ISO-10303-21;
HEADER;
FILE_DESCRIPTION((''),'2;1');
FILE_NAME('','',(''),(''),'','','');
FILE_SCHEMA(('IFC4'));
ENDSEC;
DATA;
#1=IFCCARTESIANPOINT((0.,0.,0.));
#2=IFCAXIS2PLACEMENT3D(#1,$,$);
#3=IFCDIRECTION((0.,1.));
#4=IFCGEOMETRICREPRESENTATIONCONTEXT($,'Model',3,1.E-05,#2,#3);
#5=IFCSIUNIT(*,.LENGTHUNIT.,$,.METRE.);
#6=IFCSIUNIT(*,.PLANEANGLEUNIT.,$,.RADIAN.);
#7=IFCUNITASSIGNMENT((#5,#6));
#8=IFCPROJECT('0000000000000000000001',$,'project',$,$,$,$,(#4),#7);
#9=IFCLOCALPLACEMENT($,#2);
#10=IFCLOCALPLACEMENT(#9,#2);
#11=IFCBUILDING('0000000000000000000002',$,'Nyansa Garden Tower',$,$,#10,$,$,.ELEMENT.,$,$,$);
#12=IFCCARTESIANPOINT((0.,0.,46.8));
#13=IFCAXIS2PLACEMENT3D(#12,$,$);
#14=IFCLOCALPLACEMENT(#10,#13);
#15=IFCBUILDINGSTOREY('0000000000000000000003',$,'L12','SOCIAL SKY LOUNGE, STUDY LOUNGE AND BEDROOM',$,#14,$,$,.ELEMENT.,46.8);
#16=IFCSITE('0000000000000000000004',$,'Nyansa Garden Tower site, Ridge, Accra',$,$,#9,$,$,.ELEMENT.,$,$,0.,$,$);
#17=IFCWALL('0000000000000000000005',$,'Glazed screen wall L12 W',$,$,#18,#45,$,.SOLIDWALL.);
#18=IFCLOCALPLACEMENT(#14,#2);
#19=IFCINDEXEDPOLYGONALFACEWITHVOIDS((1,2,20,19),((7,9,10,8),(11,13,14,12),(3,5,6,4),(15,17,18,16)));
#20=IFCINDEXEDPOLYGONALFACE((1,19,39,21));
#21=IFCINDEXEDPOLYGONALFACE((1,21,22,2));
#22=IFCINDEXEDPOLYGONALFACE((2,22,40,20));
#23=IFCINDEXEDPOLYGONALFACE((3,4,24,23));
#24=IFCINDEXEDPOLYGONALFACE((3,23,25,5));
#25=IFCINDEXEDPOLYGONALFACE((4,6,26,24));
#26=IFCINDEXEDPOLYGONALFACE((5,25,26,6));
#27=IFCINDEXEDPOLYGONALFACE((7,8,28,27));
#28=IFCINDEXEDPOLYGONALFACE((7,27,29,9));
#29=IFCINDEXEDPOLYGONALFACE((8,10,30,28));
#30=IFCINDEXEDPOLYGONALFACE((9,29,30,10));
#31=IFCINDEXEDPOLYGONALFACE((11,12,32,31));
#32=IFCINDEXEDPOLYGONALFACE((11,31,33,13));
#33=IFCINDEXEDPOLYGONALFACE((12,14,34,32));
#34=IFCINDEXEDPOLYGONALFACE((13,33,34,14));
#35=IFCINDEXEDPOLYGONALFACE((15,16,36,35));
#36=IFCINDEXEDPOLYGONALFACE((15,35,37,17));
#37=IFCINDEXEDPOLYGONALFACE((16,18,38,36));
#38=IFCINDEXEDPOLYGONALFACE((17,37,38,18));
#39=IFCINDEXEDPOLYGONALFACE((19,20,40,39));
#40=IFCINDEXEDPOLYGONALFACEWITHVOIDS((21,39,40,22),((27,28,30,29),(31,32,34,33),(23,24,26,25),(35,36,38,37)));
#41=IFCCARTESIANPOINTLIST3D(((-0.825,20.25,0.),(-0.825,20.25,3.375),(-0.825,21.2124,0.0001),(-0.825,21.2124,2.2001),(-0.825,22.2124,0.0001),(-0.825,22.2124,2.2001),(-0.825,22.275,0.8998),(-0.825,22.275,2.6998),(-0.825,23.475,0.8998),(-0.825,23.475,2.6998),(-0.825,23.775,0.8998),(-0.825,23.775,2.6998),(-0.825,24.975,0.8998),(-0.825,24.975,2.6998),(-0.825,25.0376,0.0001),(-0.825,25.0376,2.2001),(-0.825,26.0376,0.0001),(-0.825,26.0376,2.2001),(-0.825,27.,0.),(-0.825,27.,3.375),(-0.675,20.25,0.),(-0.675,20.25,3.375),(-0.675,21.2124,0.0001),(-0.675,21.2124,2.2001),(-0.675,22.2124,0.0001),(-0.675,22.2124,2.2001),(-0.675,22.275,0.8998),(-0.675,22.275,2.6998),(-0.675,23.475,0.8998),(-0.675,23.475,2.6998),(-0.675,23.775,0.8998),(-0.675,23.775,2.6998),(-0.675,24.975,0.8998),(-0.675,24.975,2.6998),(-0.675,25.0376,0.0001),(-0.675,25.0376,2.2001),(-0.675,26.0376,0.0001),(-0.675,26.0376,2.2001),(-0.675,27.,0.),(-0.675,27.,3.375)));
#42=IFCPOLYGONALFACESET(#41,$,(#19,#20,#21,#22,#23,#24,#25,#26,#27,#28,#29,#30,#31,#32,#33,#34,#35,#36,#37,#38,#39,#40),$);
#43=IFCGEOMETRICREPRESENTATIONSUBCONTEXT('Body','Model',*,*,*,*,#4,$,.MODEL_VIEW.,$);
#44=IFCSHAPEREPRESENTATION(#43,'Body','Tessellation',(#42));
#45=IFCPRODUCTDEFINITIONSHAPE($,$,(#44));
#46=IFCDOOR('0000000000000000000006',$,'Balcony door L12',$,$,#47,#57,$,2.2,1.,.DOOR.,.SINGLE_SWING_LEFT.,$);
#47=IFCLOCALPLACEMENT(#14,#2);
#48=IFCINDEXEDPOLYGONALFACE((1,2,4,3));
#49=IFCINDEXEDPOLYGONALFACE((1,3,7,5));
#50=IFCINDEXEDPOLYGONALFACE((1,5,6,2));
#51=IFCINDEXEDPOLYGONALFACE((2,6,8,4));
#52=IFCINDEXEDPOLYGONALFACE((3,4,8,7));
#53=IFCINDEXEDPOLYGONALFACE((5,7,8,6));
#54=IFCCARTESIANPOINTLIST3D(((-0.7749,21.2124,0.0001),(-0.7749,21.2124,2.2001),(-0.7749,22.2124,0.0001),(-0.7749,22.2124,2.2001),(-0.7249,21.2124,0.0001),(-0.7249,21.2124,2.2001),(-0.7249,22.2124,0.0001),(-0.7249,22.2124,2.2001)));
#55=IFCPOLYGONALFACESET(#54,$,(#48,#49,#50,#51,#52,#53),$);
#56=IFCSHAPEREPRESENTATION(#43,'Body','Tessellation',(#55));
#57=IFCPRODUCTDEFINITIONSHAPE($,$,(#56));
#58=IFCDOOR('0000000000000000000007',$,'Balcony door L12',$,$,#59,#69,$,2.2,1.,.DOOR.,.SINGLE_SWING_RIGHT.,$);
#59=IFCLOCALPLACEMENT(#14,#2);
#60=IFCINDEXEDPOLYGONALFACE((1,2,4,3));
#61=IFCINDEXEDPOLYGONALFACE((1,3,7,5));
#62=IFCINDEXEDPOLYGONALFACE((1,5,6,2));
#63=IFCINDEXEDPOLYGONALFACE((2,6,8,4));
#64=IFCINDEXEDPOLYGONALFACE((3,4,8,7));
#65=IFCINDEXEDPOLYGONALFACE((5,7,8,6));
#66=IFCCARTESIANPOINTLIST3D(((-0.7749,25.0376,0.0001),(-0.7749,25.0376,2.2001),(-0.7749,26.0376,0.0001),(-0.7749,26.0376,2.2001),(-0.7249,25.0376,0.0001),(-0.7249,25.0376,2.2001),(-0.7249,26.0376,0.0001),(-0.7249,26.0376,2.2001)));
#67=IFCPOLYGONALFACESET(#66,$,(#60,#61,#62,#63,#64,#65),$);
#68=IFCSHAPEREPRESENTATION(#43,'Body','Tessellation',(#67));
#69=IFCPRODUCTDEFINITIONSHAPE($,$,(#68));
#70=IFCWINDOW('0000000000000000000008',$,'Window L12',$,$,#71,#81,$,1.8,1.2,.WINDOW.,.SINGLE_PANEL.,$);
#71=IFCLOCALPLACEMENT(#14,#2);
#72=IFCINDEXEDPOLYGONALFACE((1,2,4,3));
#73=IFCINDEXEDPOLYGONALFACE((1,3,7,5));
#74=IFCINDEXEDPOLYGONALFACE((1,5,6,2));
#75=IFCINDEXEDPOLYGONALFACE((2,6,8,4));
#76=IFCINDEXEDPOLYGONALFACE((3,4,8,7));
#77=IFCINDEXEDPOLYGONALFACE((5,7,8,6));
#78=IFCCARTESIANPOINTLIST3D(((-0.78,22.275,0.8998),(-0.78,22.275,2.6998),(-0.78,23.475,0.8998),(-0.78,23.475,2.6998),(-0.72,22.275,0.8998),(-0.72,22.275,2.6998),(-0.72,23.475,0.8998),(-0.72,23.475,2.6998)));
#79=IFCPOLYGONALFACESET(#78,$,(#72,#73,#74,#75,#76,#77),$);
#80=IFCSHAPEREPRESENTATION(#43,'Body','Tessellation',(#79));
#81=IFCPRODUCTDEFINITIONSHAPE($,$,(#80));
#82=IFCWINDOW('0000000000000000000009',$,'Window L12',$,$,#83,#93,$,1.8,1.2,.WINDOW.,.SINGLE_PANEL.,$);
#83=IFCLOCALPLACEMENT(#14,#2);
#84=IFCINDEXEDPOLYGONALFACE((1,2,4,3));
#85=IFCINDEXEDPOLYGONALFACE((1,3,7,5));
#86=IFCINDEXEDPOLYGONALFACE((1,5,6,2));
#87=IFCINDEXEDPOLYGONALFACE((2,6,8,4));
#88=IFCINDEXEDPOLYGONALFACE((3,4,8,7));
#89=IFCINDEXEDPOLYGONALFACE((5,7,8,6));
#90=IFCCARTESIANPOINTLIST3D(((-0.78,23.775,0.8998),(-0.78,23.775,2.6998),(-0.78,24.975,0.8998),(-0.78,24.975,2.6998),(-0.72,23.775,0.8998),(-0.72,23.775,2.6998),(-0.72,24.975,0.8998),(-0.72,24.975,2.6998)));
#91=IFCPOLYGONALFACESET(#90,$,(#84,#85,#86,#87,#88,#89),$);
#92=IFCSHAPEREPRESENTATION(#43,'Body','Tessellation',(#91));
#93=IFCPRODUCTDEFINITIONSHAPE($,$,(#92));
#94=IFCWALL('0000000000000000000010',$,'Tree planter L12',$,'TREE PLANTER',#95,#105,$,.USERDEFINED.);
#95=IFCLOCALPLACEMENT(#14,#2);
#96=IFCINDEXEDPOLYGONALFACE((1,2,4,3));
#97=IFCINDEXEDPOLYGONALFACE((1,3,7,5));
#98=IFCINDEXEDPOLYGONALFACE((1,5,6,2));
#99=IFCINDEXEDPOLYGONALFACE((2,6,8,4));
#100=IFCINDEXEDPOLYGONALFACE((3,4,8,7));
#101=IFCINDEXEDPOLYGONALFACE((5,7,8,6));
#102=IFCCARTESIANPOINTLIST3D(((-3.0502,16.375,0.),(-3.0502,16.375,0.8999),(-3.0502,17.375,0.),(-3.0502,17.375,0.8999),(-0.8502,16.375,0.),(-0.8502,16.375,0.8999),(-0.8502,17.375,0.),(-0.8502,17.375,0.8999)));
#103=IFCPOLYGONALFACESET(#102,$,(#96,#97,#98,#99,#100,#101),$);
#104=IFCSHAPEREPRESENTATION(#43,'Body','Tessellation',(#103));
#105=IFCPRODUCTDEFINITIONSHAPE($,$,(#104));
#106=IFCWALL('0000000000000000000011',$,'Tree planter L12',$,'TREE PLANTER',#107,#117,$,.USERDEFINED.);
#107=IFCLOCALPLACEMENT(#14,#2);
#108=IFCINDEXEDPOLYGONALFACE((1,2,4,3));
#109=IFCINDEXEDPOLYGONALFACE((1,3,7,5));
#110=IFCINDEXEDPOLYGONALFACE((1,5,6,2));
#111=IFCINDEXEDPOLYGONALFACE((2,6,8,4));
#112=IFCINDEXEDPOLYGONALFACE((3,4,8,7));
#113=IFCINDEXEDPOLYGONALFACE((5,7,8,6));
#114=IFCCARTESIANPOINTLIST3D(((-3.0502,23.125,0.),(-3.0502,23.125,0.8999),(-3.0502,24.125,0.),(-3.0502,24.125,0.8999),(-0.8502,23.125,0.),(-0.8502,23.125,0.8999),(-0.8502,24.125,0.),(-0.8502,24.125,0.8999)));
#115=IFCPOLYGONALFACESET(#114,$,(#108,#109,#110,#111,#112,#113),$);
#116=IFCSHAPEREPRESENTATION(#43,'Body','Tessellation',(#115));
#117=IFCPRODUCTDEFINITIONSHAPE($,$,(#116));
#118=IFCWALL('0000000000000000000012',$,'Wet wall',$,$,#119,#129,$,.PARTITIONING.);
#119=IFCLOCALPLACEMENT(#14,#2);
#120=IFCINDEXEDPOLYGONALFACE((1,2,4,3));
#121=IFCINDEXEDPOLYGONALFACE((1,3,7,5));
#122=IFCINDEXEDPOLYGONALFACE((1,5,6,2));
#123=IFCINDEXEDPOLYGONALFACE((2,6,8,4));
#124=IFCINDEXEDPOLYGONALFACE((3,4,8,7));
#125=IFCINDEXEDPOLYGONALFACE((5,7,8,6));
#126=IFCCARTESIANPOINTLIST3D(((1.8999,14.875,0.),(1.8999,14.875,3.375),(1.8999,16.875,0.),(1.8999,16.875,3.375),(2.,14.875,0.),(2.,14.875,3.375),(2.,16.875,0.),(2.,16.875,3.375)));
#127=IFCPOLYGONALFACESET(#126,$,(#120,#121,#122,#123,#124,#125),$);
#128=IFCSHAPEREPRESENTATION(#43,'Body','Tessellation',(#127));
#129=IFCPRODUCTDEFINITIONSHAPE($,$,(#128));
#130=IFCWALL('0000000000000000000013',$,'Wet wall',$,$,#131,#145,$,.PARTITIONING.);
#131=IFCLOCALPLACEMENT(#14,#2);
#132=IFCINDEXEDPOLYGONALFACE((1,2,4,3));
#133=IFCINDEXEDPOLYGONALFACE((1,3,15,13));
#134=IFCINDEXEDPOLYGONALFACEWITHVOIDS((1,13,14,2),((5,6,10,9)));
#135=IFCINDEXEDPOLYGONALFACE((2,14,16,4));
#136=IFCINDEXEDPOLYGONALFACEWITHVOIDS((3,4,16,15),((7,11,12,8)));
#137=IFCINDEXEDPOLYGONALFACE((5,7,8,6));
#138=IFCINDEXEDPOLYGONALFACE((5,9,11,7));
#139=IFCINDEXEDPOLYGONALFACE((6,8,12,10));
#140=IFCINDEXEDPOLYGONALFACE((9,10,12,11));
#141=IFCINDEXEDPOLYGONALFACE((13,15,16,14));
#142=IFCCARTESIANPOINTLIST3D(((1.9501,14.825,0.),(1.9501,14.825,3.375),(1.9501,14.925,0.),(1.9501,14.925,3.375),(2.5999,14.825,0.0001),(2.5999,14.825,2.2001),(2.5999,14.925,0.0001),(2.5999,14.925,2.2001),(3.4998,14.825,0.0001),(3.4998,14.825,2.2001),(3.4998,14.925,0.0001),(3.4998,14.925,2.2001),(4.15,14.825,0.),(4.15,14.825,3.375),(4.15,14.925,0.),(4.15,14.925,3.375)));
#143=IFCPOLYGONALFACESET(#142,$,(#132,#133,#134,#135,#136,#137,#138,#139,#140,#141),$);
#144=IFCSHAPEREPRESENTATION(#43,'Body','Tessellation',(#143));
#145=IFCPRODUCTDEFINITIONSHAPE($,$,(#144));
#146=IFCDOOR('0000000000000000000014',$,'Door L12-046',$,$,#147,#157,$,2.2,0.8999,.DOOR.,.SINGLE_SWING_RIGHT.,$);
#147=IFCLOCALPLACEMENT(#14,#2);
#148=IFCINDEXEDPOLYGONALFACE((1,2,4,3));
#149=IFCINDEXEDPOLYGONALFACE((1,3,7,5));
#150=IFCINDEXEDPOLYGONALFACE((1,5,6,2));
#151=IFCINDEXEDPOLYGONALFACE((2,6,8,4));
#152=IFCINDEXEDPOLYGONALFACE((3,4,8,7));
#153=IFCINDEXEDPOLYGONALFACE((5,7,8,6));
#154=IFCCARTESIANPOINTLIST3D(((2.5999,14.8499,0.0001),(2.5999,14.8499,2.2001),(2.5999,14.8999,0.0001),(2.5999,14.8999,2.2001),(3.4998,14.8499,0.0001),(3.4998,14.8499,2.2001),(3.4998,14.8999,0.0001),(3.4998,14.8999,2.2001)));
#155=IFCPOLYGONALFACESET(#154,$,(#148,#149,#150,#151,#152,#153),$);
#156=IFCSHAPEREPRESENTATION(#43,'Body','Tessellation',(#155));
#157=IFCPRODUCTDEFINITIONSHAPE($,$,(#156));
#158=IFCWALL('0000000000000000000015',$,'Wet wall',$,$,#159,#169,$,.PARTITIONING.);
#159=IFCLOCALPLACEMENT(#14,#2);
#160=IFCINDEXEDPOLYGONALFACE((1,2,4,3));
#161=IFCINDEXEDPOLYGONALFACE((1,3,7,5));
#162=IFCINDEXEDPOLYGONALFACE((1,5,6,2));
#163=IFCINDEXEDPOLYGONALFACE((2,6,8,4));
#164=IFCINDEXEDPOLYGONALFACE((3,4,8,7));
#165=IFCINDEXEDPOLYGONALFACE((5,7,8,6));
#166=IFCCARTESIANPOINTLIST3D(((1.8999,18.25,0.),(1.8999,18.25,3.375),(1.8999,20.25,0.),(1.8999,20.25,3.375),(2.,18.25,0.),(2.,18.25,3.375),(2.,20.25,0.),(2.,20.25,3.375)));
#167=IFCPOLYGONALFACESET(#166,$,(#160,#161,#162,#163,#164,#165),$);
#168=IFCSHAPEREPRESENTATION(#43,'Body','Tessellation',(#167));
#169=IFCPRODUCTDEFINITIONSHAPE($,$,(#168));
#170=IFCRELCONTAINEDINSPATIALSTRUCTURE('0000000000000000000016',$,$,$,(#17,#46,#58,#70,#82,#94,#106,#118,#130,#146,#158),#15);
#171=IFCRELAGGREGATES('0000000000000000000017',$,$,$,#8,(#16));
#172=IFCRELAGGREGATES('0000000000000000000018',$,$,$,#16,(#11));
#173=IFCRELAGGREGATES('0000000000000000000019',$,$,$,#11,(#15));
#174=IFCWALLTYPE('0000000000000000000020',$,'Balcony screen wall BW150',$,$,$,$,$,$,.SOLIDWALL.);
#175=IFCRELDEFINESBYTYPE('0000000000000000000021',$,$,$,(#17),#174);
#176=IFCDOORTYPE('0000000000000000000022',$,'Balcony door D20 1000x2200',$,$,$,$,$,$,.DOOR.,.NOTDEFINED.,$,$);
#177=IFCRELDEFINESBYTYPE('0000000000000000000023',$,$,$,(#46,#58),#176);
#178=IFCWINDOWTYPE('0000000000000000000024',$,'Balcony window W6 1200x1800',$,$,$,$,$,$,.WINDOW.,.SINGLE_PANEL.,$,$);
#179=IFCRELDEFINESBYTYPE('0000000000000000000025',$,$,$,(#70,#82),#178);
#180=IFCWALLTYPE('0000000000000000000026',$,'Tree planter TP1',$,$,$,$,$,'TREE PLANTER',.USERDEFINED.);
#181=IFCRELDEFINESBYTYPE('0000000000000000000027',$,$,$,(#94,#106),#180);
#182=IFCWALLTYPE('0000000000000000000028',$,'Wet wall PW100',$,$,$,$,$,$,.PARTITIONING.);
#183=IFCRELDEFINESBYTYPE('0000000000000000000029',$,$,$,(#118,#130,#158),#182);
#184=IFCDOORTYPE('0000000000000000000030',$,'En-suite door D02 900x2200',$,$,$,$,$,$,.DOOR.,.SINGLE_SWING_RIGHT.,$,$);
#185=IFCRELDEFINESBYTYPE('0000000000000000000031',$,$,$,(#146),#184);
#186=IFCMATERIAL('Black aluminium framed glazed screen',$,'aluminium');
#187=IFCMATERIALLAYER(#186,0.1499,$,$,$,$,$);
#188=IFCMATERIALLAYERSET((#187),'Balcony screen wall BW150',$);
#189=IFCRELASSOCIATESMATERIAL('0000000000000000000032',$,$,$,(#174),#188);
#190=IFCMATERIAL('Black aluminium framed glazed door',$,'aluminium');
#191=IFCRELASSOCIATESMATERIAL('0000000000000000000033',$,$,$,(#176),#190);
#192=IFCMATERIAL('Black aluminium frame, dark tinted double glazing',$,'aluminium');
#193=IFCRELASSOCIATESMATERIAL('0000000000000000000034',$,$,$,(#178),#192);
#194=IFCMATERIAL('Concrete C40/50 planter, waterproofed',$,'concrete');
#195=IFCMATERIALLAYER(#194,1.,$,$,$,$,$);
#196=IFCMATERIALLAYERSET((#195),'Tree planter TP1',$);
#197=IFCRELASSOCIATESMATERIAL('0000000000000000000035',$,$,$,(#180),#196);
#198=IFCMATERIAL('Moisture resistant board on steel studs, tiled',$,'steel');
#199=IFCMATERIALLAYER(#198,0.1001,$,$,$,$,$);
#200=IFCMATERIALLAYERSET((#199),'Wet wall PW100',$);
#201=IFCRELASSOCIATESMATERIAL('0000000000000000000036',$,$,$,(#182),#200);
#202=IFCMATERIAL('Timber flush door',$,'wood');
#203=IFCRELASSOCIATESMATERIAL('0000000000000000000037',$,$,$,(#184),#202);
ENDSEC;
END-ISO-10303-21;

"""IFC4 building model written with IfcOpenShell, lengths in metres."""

from ifc_helpers import new_model, si_unit, direction, frame, frame_2d, origin, place, context, subcontext, project, spatial, rectangle, extrude, material, layer, layer_set, type_object, element, fill, save


model = new_model("IFC4")

# Units and contexts
model_context = context("Model", 3, precision=1e-05, world=origin(), true_north=direction((0.0, 1.0)))
body_context = subcontext(model_context, "Body", "Model", "MODEL_VIEW")
ifc_project = project(units=[si_unit("LENGTHUNIT", "METRE"), si_unit("PLANEANGLEUNIT", "RADIAN")], contexts=[model_context])

# Site, building, storey
site_placement = place(None, origin())
site = spatial("IfcSite", under=ifc_project, at=site_placement, Name="Nyansa Garden Tower site, Ridge, Accra", CompositionType="ELEMENT", RefElevation=0.0)
building_placement = place(site_placement, origin())
building = spatial("IfcBuilding", under=site, at=building_placement, Name="Nyansa Garden Tower", CompositionType="ELEMENT")
storey_placement = place(building_placement, frame((0.0, 0.0, 46.8)))
storey = spatial("IfcBuildingStorey", under=building, at=storey_placement, Name="L12", Description="SOCIAL SKY LOUNGE, STUDY LOUNGE AND BEDROOM", CompositionType="ELEMENT", Elevation=46.8)

# Wall, openings, doors, windows
ifc_material_1 = material(Name="Black aluminium framed glazed screen", Category="aluminium")
ifc_layer_1 = layer(ifc_material_1, 0.1499)
ifc_layer_set_1 = layer_set([ifc_layer_1], Name="Balcony screen wall BW150")
wall_type_1 = type_object("IfcWallType", Name="Balcony screen wall BW150", PredefinedType="SOLIDWALL", material=ifc_layer_set_1)
wall_1_placement = place(storey_placement, frame((-0.75, 20.25, 0.0), z_axis=(0.0, 0.0, 1.0), x_axis=(0.0, 1.0, 0.0)))
wall_1 = element("IfcWall", 1, at=wall_1_placement, inside=storey, type_object=wall_type_1, Name="Glazed screen wall L12 W", PredefinedType="SOLIDWALL", context=body_context, shape_type="SweptSolid", body=[
    extrude(rectangle(XDim=6.75, YDim=0.1499, at=frame_2d((3.375, 0.0))), origin(), (0.0, 0.0, 1.0), 3.375),
])
opening_1_placement = place(wall_1_placement, frame((0.9624, 0.0, 0.0)))
opening_1 = element("IfcOpeningElement", 2, at=opening_1_placement, cuts=wall_1, PredefinedType="OPENING", context=body_context, shape_type="SweptSolid", body=[
    extrude(rectangle(XDim=1.0, YDim=2.2, at=frame_2d((0.5, 1.1001))), frame((0.0, 0.085, 0.0), z_axis=(0.0, -1.0, 0.0), x_axis=(1.0, 0.0, 0.0)), (0.0, 0.0, 1.0), 0.1699),
])
opening_2_placement = place(wall_1_placement, frame((2.0249, 0.0, 0.8999)))
opening_2 = element("IfcOpeningElement", 3, at=opening_2_placement, cuts=wall_1, PredefinedType="OPENING", context=body_context, shape_type="SweptSolid", body=[
    extrude(rectangle(XDim=1.2, YDim=1.8, at=frame_2d((0.6001, 0.8999))), frame((0.0, 0.085, 0.0), z_axis=(0.0, -1.0, 0.0), x_axis=(1.0, 0.0, 0.0)), (0.0, 0.0, 1.0), 0.1699),
])
opening_3_placement = place(wall_1_placement, frame((4.7876, 0.0, 0.0)))
opening_3 = element("IfcOpeningElement", 4, at=opening_3_placement, cuts=wall_1, PredefinedType="OPENING", context=body_context, shape_type="SweptSolid", body=[
    extrude(rectangle(XDim=1.0, YDim=2.2, at=frame_2d((0.5, 1.1001))), frame((0.0, 0.085, 0.0), z_axis=(0.0, -1.0, 0.0), x_axis=(1.0, 0.0, 0.0)), (0.0, 0.0, 1.0), 0.1699),
])
opening_4_placement = place(wall_1_placement, frame((3.5249, 0.0, 0.8999)))
opening_4 = element("IfcOpeningElement", 5, at=opening_4_placement, cuts=wall_1, PredefinedType="OPENING", context=body_context, shape_type="SweptSolid", body=[
    extrude(rectangle(XDim=1.2, YDim=1.8, at=frame_2d((0.6001, 0.8999))), frame((0.0, 0.085, 0.0), z_axis=(0.0, -1.0, 0.0), x_axis=(1.0, 0.0, 0.0)), (0.0, 0.0, 1.0), 0.1699),
])
ifc_material_2 = material(Name="Black aluminium framed glazed door", Category="aluminium")
door_type_1 = type_object("IfcDoorType", Name="Balcony door D20 1000x2200", OperationType="NOTDEFINED", PredefinedType="DOOR", material=ifc_material_2)
door_1_placement = place(opening_1_placement, origin())
door_1 = element("IfcDoor", 6, at=door_1_placement, inside=storey, type_object=door_type_1, Name="Balcony door L12", OperationType="SINGLE_SWING_LEFT", OverallHeight=2.2, OverallWidth=1.0, PredefinedType="DOOR", context=body_context, shape_type="SweptSolid", body=[
    extrude(rectangle(XDim=1.0, YDim=2.2, at=frame_2d((0.5, 1.1001))), frame((0.0, 0.0249, 0.0), z_axis=(0.0, -1.0, 0.0), x_axis=(1.0, 0.0, 0.0)), (0.0, 0.0, 1.0), 0.05),
])
fill(opening_1, door_1)
door_2_placement = place(opening_3_placement, origin())
door_2 = element("IfcDoor", 7, at=door_2_placement, inside=storey, type_object=door_type_1, Name="Balcony door L12", OperationType="SINGLE_SWING_RIGHT", OverallHeight=2.2, OverallWidth=1.0, PredefinedType="DOOR", context=body_context, shape_type="SweptSolid", body=[
    extrude(rectangle(XDim=1.0, YDim=2.2, at=frame_2d((0.5, 1.1001))), frame((0.0, 0.0249, 0.0), z_axis=(0.0, -1.0, 0.0), x_axis=(1.0, 0.0, 0.0)), (0.0, 0.0, 1.0), 0.05),
])
fill(opening_3, door_2)
ifc_material_3 = material(Name="Black aluminium frame, dark tinted double glazing", Category="aluminium")
window_type = type_object("IfcWindowType", Name="Balcony window W6 1200x1800", PartitioningType="SINGLE_PANEL", PredefinedType="WINDOW", material=ifc_material_3)
window_1_placement = place(opening_2_placement, origin())
window_1 = element("IfcWindow", 8, at=window_1_placement, inside=storey, type_object=window_type, Name="Window L12", OverallHeight=1.8, OverallWidth=1.2, PartitioningType="SINGLE_PANEL", PredefinedType="WINDOW", context=body_context, shape_type="SweptSolid", body=[
    extrude(rectangle(XDim=1.2, YDim=1.8, at=frame_2d((0.6001, 0.8999))), frame((0.0, 0.03, 0.0), z_axis=(0.0, -1.0, 0.0), x_axis=(1.0, 0.0, 0.0)), (0.0, 0.0, 1.0), 0.0601),
])
fill(opening_2, window_1)
window_2_placement = place(opening_4_placement, origin())
window_2 = element("IfcWindow", 9, at=window_2_placement, inside=storey, type_object=window_type, Name="Window L12", OverallHeight=1.8, OverallWidth=1.2, PartitioningType="SINGLE_PANEL", PredefinedType="WINDOW", context=body_context, shape_type="SweptSolid", body=[
    extrude(rectangle(XDim=1.2, YDim=1.8, at=frame_2d((0.6001, 0.8999))), frame((0.0, 0.03, 0.0), z_axis=(0.0, -1.0, 0.0), x_axis=(1.0, 0.0, 0.0)), (0.0, 0.0, 1.0), 0.0601),
])
fill(opening_4, window_2)

# Walls
ifc_material_4 = material(Name="Concrete C40/50 planter, waterproofed", Category="concrete")
ifc_layer_2 = layer(ifc_material_4, 1.0)
ifc_layer_set_2 = layer_set([ifc_layer_2], Name="Tree planter TP1")
wall_type_2 = type_object("IfcWallType", Name="Tree planter TP1", ElementType="TREE PLANTER", PredefinedType="USERDEFINED", material=ifc_layer_set_2)
for number, where, z_axis, x_axis, name in (
    (10, (-0.8501, 16.875, 0.0), (0.0, 0.0, 1.0), (-1.0, 0.0, 0.0), "Tree planter L12"),
    (11, (-0.8501, 23.625, 0.0), (0.0, 0.0, 1.0), (-1.0, 0.0, 0.0), "Tree planter L12"),
):
    element("IfcWall", number, at=place(storey_placement, frame(where, z_axis=z_axis, x_axis=x_axis)), inside=storey, type_object=wall_type_2, Name=name, ObjectType="TREE PLANTER", PredefinedType="USERDEFINED", context=body_context, shape_type="SweptSolid", body=[
        extrude(rectangle(XDim=2.2, YDim=1.0, at=frame_2d((1.1001, 0.0))), origin(), (0.0, 0.0, 1.0), 0.8999),
    ])
ifc_material_5 = material(Name="Moisture resistant board on steel studs, tiled", Category="steel")
ifc_layer_3 = layer(ifc_material_5, 0.1001)
ifc_layer_set_3 = layer_set([ifc_layer_3], Name="Wet wall PW100")
wall_type_3 = type_object("IfcWallType", Name="Wet wall PW100", PredefinedType="PARTITIONING", material=ifc_layer_set_3)
wall_2_placement = place(storey_placement, frame((1.95, 14.875, 0.0), z_axis=(0.0, 0.0, 1.0), x_axis=(0.0, 1.0, 0.0)))
element("IfcWall", 12, at=wall_2_placement, inside=storey, type_object=wall_type_3, Name="Wet wall", PredefinedType="PARTITIONING", context=body_context, shape_type="SweptSolid", body=[
    extrude(rectangle(XDim=2.0, YDim=0.1001, at=frame_2d((1.0, 0.0))), origin(), (0.0, 0.0, 1.0), 3.375),
])

# Wall, opening, door
wall_3_placement = place(storey_placement, frame((1.95, 14.875, 0.0), z_axis=(0.0, 0.0, 1.0), x_axis=(1.0, 0.0, 0.0)))
wall_3 = element("IfcWall", 13, at=wall_3_placement, inside=storey, type_object=wall_type_3, Name="Wet wall", PredefinedType="PARTITIONING", context=body_context, shape_type="SweptSolid", body=[
    extrude(rectangle(XDim=2.2, YDim=0.1001, at=frame_2d((1.1001, 0.0))), origin(), (0.0, 0.0, 1.0), 3.375),
])
opening_5_placement = place(wall_3_placement, frame((0.6499, 0.0, 0.0)))
opening_5 = element("IfcOpeningElement", 14, at=opening_5_placement, cuts=wall_3, PredefinedType="OPENING", context=body_context, shape_type="SweptSolid", body=[
    extrude(rectangle(XDim=0.8999, YDim=2.2, at=frame_2d((0.45, 1.1001))), frame((0.0, 0.0601, 0.0), z_axis=(0.0, -1.0, 0.0), x_axis=(1.0, 0.0, 0.0)), (0.0, 0.0, 1.0), 0.1201),
])
ifc_material_6 = material(Name="Timber flush door", Category="wood")
door_type_2 = type_object("IfcDoorType", Name="En-suite door D02 900x2200", OperationType="SINGLE_SWING_RIGHT", PredefinedType="DOOR", material=ifc_material_6)
door_3_placement = place(opening_5_placement, origin())
door_3 = element("IfcDoor", 15, at=door_3_placement, inside=storey, type_object=door_type_2, Name="Door L12-046", OperationType="SINGLE_SWING_RIGHT", OverallHeight=2.2, OverallWidth=0.8999, PredefinedType="DOOR", context=body_context, shape_type="SweptSolid", body=[
    extrude(rectangle(XDim=0.8999, YDim=2.2, at=frame_2d((0.45, 1.1001))), frame((0.0, 0.0249, 0.0), z_axis=(0.0, -1.0, 0.0), x_axis=(1.0, 0.0, 0.0)), (0.0, 0.0, 1.0), 0.05),
])
fill(opening_5, door_3)

# Wall
wall_4_placement = place(storey_placement, frame((1.95, 18.25, 0.0), z_axis=(0.0, 0.0, 1.0), x_axis=(0.0, 1.0, 0.0)))
element("IfcWall", 16, at=wall_4_placement, inside=storey, type_object=wall_type_3, Name="Wet wall", PredefinedType="PARTITIONING", context=body_context, shape_type="SweptSolid", body=[
    extrude(rectangle(XDim=2.0, YDim=0.1001, at=frame_2d((1.0, 0.0))), origin(), (0.0, 0.0, 1.0), 3.375),
])

save(model, "model.ifc")
